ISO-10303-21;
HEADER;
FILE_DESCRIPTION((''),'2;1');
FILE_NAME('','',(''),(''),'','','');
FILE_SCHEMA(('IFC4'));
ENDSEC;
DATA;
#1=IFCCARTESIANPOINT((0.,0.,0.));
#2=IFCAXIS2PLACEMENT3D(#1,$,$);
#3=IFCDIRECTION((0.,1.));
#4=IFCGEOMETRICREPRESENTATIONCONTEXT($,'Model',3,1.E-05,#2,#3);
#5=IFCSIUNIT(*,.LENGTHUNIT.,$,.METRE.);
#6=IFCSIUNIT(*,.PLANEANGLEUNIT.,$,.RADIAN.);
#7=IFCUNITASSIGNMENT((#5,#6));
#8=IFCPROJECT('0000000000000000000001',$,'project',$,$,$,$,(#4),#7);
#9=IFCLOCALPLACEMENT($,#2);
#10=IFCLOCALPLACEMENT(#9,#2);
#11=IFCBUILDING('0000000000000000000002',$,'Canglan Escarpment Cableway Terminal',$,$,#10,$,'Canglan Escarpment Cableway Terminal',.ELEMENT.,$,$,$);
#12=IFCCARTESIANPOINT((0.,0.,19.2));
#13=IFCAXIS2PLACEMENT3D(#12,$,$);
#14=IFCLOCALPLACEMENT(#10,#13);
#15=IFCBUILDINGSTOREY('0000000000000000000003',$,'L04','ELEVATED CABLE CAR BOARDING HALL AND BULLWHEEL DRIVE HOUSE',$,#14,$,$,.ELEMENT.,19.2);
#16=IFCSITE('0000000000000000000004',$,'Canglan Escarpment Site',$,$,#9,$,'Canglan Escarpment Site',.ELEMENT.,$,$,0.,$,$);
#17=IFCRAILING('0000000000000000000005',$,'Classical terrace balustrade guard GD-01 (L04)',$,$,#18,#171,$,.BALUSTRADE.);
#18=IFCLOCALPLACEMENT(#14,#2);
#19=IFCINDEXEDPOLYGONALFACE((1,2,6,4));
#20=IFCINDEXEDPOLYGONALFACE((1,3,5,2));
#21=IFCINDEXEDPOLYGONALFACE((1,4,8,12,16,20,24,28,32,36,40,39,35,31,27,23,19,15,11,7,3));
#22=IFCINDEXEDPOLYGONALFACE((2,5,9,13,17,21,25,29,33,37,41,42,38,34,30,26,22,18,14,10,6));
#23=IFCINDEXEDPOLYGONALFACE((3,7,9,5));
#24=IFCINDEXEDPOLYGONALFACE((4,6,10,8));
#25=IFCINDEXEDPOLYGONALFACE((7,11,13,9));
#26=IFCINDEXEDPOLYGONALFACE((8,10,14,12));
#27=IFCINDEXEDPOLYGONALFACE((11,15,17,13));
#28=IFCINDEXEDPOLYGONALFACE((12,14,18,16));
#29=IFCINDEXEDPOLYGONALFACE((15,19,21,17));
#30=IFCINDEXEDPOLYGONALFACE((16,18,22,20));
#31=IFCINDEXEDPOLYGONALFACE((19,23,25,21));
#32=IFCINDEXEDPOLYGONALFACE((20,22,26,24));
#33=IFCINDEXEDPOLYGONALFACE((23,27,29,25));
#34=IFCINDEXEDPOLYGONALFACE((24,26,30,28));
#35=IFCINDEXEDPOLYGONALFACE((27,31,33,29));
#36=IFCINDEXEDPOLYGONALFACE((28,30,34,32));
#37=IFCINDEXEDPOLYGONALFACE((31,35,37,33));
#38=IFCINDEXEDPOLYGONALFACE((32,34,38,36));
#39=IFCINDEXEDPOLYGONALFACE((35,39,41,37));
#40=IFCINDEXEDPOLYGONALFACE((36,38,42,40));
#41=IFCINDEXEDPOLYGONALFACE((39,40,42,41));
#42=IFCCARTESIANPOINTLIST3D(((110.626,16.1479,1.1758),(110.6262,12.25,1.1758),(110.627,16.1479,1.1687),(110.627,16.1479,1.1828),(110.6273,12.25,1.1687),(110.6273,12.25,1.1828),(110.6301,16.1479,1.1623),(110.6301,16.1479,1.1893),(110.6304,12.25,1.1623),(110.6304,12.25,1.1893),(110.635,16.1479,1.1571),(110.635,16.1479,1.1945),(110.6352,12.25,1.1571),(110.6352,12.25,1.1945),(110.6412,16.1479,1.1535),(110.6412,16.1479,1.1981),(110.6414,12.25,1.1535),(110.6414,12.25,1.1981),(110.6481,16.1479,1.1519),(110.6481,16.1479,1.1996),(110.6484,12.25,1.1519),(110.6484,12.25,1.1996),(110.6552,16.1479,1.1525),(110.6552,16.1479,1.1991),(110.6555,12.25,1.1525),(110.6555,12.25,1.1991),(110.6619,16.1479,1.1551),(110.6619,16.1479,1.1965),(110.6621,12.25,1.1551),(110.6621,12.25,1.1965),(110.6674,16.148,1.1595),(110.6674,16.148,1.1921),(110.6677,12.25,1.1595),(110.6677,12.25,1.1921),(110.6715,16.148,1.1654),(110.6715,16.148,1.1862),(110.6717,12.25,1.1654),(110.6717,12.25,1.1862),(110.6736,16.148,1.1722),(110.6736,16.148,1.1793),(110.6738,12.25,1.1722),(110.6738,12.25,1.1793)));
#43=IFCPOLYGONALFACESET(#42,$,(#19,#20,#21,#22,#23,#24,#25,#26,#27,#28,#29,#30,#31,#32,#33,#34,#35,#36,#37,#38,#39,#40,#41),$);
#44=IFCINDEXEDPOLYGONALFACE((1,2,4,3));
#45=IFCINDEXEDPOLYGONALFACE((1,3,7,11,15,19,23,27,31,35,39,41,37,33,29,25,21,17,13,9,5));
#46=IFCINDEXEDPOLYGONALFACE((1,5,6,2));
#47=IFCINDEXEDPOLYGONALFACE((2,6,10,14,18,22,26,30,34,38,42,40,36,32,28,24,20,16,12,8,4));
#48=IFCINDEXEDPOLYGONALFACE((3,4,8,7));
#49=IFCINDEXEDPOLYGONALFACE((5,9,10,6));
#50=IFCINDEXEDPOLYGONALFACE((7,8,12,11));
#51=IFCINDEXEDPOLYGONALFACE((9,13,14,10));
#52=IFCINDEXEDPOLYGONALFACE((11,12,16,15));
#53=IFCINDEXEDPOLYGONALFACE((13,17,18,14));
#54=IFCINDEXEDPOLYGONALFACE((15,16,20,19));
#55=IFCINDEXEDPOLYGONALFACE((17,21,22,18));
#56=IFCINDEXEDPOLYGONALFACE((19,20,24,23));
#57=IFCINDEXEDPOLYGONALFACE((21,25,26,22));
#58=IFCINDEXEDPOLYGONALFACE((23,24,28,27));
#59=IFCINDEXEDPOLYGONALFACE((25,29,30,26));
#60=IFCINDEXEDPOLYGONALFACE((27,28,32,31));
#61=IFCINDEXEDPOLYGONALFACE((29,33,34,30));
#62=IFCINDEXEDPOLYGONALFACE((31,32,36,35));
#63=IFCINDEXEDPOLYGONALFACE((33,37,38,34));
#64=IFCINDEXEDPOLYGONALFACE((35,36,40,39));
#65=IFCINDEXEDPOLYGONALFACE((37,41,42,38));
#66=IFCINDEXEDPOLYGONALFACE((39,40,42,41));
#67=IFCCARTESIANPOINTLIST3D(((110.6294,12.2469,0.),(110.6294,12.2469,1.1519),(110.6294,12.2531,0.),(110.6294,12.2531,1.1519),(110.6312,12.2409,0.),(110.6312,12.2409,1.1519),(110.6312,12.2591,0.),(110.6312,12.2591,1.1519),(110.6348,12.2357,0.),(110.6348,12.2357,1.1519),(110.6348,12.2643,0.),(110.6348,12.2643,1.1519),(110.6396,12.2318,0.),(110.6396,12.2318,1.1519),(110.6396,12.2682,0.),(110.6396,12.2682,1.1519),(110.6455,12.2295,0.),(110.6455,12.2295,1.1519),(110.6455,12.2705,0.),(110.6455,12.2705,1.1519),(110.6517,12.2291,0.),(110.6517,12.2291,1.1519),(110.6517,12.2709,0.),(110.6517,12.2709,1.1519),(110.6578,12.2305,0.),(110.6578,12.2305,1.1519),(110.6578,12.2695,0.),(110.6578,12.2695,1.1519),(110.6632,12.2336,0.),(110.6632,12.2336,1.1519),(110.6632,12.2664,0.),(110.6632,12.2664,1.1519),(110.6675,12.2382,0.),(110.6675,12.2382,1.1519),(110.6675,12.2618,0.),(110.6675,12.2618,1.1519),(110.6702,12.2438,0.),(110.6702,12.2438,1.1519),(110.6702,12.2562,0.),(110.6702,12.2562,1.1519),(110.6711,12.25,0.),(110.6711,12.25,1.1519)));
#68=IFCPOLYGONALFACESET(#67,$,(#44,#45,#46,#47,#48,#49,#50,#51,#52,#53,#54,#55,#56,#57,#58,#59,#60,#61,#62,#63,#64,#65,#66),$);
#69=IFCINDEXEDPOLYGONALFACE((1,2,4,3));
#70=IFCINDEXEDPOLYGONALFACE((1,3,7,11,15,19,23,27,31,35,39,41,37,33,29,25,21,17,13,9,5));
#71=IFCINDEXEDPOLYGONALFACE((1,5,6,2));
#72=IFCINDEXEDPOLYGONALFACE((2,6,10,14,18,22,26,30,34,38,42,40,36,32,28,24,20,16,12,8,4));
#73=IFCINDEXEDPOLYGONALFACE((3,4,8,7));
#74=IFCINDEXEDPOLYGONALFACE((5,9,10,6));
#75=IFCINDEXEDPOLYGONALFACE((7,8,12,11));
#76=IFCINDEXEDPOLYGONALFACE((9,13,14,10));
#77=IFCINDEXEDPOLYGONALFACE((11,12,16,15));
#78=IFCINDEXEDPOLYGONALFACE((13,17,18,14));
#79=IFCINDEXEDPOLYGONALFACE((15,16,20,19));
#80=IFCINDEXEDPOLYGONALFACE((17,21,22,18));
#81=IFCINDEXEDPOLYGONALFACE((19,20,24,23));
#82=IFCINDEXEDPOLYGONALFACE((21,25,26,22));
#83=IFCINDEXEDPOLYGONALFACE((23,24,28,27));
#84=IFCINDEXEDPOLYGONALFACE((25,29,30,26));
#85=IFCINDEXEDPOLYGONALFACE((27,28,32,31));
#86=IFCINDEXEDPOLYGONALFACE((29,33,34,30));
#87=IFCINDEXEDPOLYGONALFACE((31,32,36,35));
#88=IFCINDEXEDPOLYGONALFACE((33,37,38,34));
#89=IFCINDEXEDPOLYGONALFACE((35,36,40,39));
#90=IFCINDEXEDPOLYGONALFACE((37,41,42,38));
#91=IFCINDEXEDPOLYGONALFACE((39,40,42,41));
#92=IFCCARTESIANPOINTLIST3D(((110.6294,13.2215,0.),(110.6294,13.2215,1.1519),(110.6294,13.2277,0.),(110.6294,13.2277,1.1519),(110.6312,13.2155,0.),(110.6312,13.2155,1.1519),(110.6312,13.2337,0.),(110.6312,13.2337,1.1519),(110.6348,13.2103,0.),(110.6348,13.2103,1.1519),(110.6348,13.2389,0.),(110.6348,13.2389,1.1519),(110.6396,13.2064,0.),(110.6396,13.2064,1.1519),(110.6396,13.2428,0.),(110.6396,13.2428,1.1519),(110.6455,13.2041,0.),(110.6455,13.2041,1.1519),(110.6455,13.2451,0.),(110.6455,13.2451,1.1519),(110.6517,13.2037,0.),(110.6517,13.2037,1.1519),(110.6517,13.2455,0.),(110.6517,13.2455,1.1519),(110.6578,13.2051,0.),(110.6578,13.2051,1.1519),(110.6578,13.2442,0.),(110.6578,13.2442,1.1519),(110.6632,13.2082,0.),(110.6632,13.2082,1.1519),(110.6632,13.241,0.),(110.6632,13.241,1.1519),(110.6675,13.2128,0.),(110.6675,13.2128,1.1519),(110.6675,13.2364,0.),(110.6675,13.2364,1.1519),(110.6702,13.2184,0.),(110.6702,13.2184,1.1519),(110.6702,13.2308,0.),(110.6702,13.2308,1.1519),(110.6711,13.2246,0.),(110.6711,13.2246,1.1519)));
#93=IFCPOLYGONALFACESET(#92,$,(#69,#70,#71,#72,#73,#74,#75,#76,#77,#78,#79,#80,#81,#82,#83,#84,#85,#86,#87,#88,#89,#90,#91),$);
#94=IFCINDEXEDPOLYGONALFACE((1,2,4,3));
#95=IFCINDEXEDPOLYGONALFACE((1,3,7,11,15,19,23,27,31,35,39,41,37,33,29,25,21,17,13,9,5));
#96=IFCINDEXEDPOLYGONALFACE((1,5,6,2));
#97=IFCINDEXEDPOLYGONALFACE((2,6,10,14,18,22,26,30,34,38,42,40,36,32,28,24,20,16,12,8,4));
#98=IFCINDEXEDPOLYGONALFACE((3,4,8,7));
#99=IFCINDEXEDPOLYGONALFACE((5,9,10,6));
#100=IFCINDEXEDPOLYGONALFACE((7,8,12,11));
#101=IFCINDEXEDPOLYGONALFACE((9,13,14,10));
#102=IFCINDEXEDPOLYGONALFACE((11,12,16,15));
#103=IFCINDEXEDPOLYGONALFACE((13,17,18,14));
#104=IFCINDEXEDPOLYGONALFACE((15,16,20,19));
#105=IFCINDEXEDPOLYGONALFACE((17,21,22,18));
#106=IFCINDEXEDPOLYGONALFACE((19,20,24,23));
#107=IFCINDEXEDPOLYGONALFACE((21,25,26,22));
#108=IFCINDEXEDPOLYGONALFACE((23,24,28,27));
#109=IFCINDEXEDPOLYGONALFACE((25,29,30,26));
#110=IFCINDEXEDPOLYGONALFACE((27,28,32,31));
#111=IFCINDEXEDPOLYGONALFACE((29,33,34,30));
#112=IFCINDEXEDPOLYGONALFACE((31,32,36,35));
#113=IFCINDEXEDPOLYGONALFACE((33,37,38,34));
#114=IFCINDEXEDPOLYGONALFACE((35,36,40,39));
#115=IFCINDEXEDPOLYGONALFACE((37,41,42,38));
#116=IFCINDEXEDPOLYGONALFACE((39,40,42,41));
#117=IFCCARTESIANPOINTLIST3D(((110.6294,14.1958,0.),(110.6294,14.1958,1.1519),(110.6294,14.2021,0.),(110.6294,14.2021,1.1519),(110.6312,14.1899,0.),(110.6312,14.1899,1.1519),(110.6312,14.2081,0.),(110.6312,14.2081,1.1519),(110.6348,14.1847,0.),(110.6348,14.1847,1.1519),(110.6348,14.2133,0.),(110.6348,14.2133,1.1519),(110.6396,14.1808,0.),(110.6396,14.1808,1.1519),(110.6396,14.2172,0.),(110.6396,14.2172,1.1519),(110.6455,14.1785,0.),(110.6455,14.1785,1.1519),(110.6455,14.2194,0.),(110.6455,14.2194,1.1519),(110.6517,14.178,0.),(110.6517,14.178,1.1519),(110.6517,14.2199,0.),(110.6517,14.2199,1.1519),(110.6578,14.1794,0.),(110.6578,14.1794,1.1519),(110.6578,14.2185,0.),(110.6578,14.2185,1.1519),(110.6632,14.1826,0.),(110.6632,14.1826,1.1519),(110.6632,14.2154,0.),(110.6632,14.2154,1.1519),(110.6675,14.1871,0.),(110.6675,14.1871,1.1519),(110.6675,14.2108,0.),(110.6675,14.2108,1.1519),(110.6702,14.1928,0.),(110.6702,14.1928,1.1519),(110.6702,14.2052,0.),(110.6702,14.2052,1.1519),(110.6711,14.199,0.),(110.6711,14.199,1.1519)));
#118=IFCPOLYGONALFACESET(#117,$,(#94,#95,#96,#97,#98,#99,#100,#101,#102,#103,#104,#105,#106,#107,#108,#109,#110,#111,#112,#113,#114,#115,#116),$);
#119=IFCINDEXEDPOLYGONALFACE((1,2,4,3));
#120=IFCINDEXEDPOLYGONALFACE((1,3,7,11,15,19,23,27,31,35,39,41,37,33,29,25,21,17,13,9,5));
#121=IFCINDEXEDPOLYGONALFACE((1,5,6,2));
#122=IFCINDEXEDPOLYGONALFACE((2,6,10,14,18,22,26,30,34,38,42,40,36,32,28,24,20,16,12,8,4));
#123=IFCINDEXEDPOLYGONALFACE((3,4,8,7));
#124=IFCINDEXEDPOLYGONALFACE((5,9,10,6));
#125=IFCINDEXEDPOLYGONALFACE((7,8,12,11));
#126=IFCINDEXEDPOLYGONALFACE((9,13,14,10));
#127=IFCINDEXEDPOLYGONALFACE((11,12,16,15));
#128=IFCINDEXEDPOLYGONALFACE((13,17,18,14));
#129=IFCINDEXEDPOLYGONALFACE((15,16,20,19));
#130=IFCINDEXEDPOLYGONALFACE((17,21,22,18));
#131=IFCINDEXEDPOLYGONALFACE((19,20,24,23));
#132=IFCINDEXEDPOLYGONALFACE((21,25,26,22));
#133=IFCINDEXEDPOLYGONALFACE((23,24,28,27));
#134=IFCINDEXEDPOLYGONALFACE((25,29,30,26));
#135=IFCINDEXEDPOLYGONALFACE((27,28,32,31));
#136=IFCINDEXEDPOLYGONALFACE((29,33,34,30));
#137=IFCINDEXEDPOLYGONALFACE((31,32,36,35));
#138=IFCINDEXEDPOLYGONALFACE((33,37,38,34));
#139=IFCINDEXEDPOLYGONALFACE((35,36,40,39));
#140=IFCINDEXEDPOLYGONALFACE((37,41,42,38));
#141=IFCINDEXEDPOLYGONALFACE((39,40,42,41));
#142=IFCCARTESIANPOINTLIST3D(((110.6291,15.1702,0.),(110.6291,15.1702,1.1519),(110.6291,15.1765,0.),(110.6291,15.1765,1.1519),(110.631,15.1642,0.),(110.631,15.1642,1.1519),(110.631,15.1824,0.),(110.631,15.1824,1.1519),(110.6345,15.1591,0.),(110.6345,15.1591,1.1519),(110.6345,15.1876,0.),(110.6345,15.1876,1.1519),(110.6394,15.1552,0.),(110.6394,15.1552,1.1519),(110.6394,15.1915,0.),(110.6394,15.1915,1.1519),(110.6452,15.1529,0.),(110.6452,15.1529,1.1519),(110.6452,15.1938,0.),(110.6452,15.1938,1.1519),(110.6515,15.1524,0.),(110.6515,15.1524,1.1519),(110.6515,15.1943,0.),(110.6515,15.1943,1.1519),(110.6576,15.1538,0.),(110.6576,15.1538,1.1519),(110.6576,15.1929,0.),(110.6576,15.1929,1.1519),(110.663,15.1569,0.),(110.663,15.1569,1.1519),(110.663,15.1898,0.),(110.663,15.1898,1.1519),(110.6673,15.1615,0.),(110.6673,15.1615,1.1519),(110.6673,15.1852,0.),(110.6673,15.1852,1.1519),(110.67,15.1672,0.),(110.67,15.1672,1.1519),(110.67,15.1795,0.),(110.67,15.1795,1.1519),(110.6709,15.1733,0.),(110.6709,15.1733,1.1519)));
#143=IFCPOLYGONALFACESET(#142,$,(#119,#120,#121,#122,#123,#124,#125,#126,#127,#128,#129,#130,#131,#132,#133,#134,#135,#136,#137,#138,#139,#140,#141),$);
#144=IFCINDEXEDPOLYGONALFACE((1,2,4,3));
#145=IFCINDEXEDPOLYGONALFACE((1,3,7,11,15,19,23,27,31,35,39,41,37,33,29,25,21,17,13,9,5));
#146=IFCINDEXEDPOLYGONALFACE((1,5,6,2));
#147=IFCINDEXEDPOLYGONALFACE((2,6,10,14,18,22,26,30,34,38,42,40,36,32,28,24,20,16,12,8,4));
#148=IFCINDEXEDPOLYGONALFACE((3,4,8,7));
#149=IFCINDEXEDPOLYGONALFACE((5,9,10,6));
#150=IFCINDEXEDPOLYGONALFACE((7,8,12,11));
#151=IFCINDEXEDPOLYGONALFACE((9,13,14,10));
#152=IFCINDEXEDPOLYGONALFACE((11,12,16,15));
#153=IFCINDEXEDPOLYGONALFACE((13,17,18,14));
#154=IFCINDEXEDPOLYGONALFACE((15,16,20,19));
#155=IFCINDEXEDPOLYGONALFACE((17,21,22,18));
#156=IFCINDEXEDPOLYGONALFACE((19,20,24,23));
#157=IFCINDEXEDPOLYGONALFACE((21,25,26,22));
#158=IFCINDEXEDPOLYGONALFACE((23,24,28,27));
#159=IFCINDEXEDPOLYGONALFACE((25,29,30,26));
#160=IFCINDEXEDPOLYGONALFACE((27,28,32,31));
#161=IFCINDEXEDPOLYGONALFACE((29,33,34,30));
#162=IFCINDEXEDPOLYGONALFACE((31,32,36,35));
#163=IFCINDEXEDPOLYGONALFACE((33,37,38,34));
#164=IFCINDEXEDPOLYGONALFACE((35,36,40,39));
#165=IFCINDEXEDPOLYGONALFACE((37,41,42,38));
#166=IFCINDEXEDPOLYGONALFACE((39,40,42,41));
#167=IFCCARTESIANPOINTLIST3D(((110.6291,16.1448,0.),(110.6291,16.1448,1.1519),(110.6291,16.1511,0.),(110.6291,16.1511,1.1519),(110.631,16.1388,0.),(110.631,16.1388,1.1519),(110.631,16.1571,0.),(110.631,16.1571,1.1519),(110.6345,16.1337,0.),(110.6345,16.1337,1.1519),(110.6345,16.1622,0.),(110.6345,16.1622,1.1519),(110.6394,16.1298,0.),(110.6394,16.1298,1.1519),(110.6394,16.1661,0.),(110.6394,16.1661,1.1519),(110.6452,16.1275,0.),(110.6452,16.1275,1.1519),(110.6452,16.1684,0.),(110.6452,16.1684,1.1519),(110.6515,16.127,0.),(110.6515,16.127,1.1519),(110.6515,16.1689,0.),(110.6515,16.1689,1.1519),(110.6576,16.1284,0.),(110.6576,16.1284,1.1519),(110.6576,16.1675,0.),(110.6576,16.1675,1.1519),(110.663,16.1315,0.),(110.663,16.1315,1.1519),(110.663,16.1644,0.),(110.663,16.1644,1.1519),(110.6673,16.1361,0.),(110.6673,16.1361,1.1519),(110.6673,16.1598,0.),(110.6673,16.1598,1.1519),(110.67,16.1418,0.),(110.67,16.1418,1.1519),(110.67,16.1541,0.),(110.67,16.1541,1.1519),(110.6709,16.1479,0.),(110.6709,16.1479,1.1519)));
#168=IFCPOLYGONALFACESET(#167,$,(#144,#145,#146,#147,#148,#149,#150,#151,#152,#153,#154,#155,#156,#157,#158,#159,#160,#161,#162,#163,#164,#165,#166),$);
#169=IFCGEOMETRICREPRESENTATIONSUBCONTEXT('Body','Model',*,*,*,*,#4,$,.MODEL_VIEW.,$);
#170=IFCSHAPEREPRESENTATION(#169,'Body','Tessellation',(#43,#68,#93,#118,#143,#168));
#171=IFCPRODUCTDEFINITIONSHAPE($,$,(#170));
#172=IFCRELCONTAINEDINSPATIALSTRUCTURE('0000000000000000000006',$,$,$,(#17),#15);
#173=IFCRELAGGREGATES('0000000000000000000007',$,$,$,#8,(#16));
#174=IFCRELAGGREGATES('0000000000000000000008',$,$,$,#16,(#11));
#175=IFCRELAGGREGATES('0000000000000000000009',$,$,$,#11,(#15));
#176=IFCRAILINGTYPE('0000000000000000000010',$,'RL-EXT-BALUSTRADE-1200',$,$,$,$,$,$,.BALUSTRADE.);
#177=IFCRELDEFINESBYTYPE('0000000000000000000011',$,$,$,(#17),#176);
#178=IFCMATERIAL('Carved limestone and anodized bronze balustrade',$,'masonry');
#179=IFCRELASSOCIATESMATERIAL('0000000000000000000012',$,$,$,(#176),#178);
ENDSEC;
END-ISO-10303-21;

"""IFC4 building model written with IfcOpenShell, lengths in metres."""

from ifc_helpers import new_model, si_unit, direction, frame, origin, origin_2d, place, context, subcontext, project, spatial, circle, extrude, material, type_object, element, save


model = new_model("IFC4")

# Units and contexts
model_context = context("Model", 3, precision=1e-05, world=origin(), true_north=direction((0.0, 1.0)))
body_context = subcontext(model_context, "Body", "Model", "MODEL_VIEW")
ifc_project = project(units=[si_unit("LENGTHUNIT", "METRE"), si_unit("PLANEANGLEUNIT", "RADIAN")], contexts=[model_context])

# Site, building, storey
site_placement = place(None, origin())
site = spatial("IfcSite", under=ifc_project, at=site_placement, Name="Canglan Escarpment Site", LongName="Canglan Escarpment Site", CompositionType="ELEMENT", RefElevation=0.0)
building_placement = place(site_placement, origin())
building = spatial("IfcBuilding", under=site, at=building_placement, Name="Canglan Escarpment Cableway Terminal", LongName="Canglan Escarpment Cableway Terminal", CompositionType="ELEMENT")
storey_placement = place(building_placement, frame((0.0, 0.0, 19.2)))
storey = spatial("IfcBuildingStorey", under=building, at=storey_placement, Name="L04", Description="ELEVATED CABLE CAR BOARDING HALL AND BULLWHEEL DRIVE HOUSE", CompositionType="ELEMENT", Elevation=19.2)

# Railing
ifc_material_1 = material(Name="Carved limestone and anodized bronze balustrade", Category="masonry")
railing_type = type_object("IfcRailingType", Name="RL-EXT-BALUSTRADE-1200", PredefinedType="BALUSTRADE", material=ifc_material_1)
railing_1_placement = place(storey_placement, frame((110.6501, 12.25, 0.0)))
element("IfcRailing", 1, at=railing_1_placement, inside=storey, type_object=railing_type, Name="Classical terrace balustrade guard GD-01 (L04)", PredefinedType="BALUSTRADE", context=body_context, shape_type="SweptSolid", body=[
    extrude(circle(Radius=0.0239, at=origin_2d()), frame((0.0, 0.0, 1.1758), z_axis=(-0.000063, 1.0, 0.0), x_axis=(-1.0, -0.000063, 0.0)), (0.0, 0.0, 1.0), 3.8979),
    extrude(circle(Radius=0.021, at=origin_2d()), origin(), (0.0, 0.0, 1.0), 1.1519),
    extrude(circle(Radius=0.021, at=origin_2d()), frame((0.0, 0.9746, 0.0)), (0.0, 0.0, 1.0), 1.1519),
    extrude(circle(Radius=0.021, at=origin_2d()), frame((0.0, 1.949, 0.0)), (0.0, 0.0, 1.0), 1.1519),
    extrude(circle(Radius=0.021, at=origin_2d()), frame((-0.0002, 2.9233, 0.0)), (0.0, 0.0, 1.0), 1.1519),
    extrude(circle(Radius=0.021, at=origin_2d()), frame((-0.0002, 3.8979, 0.0)), (0.0, 0.0, 1.0), 1.1519),
])

save(model, "model.ifc")
